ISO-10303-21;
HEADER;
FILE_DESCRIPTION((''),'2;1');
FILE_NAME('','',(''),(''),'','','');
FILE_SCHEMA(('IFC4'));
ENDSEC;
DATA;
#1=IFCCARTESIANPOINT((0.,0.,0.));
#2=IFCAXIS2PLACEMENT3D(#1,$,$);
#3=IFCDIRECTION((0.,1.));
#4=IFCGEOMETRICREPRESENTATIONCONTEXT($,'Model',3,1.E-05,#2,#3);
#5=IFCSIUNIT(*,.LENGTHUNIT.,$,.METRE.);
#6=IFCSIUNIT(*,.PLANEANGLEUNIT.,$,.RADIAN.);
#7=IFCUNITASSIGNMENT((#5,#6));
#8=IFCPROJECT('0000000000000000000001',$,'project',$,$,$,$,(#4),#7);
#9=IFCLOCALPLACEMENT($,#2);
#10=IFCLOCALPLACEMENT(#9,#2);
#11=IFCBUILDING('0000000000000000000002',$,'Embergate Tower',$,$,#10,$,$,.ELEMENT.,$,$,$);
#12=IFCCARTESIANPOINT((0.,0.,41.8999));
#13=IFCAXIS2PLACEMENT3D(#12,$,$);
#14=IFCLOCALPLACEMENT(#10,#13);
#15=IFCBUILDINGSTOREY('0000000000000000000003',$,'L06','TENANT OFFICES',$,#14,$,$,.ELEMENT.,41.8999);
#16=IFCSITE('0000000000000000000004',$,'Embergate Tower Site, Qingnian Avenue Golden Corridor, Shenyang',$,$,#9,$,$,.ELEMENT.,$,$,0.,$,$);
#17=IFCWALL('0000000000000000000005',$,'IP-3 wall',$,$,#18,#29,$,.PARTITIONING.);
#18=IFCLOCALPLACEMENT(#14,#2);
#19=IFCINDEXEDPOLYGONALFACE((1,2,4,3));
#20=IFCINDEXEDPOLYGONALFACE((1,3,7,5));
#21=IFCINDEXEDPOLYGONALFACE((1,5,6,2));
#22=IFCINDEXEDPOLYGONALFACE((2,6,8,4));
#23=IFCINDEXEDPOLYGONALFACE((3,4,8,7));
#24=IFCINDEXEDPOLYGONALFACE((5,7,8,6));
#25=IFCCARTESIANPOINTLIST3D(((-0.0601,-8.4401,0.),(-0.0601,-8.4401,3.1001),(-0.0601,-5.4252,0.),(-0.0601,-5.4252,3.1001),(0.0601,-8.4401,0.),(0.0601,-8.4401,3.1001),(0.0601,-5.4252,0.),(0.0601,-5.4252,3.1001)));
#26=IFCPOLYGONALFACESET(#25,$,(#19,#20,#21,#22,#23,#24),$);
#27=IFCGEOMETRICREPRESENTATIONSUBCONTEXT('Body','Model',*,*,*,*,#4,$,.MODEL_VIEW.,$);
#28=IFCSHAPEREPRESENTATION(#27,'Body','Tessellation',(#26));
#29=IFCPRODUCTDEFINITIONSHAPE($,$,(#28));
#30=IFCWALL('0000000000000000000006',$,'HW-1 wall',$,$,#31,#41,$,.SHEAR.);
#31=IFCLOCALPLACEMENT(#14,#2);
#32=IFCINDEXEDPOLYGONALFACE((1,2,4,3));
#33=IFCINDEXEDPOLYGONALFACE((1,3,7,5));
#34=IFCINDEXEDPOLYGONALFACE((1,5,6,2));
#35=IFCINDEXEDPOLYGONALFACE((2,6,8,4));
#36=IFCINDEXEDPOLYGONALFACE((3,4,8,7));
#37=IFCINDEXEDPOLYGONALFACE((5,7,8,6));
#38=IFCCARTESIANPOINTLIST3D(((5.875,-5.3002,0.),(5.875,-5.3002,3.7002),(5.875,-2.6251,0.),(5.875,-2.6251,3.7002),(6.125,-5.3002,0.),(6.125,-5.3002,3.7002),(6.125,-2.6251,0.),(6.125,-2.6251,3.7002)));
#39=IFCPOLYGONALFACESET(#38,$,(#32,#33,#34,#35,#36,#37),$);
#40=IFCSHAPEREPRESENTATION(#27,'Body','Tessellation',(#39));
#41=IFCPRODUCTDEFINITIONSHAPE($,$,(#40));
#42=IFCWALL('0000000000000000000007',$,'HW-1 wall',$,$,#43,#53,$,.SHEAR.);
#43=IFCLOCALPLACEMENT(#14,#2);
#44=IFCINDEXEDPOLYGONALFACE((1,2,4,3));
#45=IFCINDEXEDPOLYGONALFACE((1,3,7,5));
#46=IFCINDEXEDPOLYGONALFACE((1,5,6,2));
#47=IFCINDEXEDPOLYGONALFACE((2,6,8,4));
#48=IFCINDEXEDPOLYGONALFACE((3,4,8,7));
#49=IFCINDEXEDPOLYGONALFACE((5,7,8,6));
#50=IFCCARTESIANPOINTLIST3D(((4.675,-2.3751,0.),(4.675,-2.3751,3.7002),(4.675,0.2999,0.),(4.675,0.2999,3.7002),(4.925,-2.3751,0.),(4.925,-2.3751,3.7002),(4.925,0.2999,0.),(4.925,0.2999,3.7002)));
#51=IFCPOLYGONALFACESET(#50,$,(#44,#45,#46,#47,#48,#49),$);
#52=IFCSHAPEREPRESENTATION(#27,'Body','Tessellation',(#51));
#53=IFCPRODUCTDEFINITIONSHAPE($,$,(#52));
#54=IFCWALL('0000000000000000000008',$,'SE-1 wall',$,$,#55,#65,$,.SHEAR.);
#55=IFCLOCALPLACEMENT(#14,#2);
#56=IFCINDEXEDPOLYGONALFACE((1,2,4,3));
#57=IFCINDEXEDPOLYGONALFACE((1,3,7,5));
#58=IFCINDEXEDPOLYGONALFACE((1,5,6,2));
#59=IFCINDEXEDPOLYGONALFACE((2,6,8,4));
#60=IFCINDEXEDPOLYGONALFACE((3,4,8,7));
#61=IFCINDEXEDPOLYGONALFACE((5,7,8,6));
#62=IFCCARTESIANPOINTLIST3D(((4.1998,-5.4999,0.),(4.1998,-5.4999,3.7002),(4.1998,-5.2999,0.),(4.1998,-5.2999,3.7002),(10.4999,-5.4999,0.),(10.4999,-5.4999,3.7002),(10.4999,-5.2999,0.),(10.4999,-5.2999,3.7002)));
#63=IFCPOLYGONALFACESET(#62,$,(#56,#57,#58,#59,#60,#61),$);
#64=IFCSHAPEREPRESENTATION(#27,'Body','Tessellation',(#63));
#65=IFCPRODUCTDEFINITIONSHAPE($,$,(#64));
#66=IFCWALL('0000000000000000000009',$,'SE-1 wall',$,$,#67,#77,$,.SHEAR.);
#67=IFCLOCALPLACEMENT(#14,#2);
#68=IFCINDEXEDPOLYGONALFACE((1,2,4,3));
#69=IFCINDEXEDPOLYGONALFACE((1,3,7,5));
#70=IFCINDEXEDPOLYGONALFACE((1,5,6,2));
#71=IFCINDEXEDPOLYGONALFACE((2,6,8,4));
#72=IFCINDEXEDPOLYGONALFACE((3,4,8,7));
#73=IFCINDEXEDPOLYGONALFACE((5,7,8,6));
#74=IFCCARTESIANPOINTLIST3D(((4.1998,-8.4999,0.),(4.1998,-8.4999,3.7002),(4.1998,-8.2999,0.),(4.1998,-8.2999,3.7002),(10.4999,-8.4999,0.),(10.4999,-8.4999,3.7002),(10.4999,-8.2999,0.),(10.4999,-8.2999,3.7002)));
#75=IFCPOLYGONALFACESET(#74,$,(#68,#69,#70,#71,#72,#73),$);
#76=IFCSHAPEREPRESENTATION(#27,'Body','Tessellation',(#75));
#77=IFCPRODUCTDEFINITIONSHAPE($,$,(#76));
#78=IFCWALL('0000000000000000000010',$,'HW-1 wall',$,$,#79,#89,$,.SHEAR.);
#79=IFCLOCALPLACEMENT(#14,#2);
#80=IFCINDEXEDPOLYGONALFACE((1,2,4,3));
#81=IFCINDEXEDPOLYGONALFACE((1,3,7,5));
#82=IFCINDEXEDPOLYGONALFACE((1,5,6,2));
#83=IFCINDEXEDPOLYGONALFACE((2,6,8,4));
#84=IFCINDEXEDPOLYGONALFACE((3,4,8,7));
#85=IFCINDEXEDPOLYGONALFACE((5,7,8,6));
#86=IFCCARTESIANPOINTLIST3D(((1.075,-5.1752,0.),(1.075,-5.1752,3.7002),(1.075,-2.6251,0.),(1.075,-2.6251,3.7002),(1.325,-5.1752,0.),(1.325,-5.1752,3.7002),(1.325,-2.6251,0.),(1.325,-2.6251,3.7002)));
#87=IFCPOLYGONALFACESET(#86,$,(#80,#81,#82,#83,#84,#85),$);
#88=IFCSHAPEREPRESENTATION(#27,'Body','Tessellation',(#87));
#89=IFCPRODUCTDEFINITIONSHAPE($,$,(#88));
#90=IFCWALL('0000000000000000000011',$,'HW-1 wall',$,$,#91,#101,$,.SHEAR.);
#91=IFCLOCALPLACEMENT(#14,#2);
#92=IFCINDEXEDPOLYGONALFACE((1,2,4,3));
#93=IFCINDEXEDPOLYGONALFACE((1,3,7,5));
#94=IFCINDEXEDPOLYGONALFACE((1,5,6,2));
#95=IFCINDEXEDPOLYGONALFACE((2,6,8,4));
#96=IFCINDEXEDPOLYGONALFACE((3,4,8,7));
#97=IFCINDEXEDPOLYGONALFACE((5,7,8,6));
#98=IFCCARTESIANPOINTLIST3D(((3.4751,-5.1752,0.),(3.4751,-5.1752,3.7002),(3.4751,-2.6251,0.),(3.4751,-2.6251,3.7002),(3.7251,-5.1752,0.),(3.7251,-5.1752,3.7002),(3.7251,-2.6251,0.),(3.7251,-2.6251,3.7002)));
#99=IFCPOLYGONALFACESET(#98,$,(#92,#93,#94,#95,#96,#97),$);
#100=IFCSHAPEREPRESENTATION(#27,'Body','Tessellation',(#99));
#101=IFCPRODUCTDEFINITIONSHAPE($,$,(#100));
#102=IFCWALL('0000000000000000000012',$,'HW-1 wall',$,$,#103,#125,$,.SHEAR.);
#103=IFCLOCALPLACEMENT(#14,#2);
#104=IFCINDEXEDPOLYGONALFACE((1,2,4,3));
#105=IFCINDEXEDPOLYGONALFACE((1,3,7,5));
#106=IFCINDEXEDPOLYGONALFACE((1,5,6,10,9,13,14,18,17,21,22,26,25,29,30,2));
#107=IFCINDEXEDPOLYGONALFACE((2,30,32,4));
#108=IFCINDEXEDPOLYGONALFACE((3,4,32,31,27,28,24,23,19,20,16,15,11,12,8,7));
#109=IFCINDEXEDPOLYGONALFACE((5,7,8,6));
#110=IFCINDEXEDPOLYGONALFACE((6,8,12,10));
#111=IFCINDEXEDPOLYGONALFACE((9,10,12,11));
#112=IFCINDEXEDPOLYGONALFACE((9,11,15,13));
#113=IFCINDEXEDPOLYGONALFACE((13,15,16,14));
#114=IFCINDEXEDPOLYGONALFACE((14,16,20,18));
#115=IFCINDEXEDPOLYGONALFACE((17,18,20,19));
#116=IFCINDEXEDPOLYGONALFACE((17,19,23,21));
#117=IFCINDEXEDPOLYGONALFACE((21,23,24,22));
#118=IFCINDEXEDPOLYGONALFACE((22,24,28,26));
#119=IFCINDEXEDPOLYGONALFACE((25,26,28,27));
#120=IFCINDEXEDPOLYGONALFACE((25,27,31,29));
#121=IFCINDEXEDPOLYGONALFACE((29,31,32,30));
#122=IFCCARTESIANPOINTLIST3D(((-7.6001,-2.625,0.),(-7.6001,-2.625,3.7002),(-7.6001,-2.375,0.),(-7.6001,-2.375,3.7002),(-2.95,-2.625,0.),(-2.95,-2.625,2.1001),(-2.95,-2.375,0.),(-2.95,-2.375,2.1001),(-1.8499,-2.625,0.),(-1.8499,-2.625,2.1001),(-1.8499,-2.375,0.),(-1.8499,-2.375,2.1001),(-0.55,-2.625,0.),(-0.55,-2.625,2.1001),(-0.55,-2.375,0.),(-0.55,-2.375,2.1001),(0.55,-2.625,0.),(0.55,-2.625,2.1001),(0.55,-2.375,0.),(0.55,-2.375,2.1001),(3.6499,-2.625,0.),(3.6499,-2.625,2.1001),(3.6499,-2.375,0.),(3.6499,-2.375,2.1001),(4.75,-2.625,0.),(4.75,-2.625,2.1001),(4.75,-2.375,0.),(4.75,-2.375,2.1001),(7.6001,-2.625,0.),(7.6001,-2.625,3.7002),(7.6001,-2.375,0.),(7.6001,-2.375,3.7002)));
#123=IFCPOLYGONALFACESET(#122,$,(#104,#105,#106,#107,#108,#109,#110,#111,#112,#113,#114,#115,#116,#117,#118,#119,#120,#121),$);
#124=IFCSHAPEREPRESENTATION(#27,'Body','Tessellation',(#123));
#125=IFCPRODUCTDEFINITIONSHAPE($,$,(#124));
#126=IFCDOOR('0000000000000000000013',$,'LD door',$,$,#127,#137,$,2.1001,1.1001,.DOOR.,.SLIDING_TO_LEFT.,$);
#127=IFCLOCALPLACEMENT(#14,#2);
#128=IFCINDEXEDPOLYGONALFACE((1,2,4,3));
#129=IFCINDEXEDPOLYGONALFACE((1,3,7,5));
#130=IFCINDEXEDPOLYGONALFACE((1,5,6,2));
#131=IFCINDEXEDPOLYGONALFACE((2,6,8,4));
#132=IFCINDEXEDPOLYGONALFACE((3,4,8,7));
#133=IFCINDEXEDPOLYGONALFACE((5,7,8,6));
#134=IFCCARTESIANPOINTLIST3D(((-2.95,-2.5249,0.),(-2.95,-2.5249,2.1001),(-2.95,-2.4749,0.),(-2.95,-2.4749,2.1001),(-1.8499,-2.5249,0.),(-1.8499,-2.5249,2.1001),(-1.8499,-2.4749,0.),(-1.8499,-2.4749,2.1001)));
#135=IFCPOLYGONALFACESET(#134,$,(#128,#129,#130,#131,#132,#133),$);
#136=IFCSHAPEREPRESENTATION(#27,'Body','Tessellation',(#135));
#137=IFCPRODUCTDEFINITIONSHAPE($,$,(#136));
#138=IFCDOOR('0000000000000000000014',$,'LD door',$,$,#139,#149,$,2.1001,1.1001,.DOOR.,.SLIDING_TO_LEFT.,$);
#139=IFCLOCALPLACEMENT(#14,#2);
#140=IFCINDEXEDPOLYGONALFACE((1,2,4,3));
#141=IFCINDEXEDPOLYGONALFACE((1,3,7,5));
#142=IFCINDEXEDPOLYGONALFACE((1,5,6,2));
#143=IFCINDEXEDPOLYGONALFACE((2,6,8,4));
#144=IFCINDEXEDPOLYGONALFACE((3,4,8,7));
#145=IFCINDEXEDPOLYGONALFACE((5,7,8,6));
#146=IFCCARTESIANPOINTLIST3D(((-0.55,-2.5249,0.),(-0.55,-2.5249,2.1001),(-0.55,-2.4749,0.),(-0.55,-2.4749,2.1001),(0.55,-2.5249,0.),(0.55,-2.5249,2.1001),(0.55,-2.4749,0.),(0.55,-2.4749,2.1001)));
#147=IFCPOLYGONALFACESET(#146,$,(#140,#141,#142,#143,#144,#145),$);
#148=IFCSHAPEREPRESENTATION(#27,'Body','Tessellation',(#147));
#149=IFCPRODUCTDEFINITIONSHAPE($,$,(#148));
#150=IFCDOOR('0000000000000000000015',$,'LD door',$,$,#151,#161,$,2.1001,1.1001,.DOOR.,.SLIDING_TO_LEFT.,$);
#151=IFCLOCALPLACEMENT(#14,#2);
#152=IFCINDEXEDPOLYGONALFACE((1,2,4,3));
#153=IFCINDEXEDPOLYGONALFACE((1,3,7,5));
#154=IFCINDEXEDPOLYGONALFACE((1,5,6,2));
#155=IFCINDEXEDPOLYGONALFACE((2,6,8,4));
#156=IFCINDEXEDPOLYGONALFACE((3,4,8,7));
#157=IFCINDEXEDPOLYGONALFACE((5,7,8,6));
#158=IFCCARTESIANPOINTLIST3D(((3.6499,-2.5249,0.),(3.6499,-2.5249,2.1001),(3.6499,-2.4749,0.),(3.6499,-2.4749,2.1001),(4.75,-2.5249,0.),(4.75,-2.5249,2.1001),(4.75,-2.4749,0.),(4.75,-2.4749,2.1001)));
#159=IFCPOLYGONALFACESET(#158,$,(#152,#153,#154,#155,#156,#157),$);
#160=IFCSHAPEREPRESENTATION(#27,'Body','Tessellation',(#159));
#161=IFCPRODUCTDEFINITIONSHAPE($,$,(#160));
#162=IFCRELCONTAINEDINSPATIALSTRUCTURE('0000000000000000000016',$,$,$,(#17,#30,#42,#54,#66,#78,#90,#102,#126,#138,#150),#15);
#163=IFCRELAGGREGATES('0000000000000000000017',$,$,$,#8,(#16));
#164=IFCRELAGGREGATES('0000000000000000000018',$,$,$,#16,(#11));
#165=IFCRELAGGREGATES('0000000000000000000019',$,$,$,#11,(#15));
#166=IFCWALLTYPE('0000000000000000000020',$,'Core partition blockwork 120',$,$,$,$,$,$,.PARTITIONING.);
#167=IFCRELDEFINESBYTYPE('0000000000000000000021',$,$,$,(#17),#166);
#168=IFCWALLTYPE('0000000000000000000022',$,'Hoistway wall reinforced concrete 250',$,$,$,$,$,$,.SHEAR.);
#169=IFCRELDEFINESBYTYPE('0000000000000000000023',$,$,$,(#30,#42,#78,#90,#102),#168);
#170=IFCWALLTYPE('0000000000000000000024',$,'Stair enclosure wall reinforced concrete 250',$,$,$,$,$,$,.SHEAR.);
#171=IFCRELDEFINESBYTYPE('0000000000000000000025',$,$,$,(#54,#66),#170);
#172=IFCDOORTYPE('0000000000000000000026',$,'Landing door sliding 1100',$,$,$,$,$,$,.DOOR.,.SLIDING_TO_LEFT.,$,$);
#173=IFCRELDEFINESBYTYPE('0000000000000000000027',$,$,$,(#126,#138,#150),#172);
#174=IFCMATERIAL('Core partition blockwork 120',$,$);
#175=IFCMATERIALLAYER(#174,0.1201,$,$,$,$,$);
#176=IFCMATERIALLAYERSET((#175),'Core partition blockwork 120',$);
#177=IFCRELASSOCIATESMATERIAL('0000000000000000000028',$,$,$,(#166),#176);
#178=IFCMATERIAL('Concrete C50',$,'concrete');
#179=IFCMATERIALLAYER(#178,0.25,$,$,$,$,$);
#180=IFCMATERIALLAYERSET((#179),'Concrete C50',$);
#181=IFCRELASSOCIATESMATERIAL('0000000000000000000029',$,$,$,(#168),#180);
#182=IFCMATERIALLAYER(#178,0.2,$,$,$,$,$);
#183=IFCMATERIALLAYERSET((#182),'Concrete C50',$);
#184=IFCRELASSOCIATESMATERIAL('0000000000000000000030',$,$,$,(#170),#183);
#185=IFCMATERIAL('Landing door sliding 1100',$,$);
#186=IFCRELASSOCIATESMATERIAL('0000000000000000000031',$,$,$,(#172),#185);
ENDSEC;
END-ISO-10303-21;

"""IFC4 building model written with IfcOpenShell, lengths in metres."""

from ifc_helpers import new_model, si_unit, direction, frame, frame_2d, origin, place, context, subcontext, project, spatial, rectangle, extrude, source, transform, mapped, material, layer, layer_set, type_object, element, fill, save


model = new_model("IFC4")

# Units and contexts
model_context = context("Model", 3, precision=1e-05, world=origin(), true_north=direction((0.0, 1.0)))
body_context = subcontext(model_context, "Body", "Model", "MODEL_VIEW")
ifc_project = project(units=[si_unit("LENGTHUNIT", "METRE"), si_unit("PLANEANGLEUNIT", "RADIAN")], contexts=[model_context])

# Site, building, storey
site_placement = place(None, origin())
site = spatial("IfcSite", under=ifc_project, at=site_placement, Name="Embergate Tower Site, Qingnian Avenue Golden Corridor, Shenyang", CompositionType="ELEMENT", RefElevation=0.0)
building_placement = place(site_placement, origin())
building = spatial("IfcBuilding", under=site, at=building_placement, Name="Embergate Tower", CompositionType="ELEMENT")
storey_placement = place(building_placement, frame((0.0, 0.0, 41.8999)))
storey = spatial("IfcBuildingStorey", under=building, at=storey_placement, Name="L06", Description="TENANT OFFICES", CompositionType="ELEMENT", Elevation=41.8999)

# Walls
ifc_material_1 = material(Name="Core partition blockwork 120")
ifc_layer_1 = layer(ifc_material_1, 0.1201)
ifc_layer_set_1 = layer_set([ifc_layer_1], Name="Core partition blockwork 120")
wall_type_1 = type_object("IfcWallType", Name="Core partition blockwork 120", PredefinedType="PARTITIONING", material=ifc_layer_set_1)
shared_shape_1 = source(origin(), body_context, "Body", "SweptSolid", [
    extrude(rectangle(XDim=3.0149, YDim=0.1201, at=frame_2d((1.5073, 0.0))), origin(), (0.0, 0.0, 1.0), 3.1001),
])
wall_1_placement = place(storey_placement, frame((0.0, -8.4399, 0.0), z_axis=(0.0, 0.0, 1.0), x_axis=(0.0, 1.0, 0.0)))
element("IfcWall", 1, at=wall_1_placement, inside=storey, type_object=wall_type_1, Name="IP-3 wall", PredefinedType="PARTITIONING", context=body_context, shape_type="MappedRepresentation", body=[
    mapped(shared_shape_1, transform((0.0, 0.0, 0.0))),
])
ifc_material_2 = material(Name="Concrete C50", Category="concrete")
ifc_layer_2 = layer(ifc_material_2, 0.25)
ifc_layer_set_2 = layer_set([ifc_layer_2], Name="Concrete C50")
wall_type_2 = type_object("IfcWallType", Name="Hoistway wall reinforced concrete 250", PredefinedType="SHEAR", material=ifc_layer_set_2)
shared_shape_2 = source(origin(), body_context, "Body", "SweptSolid", [
    extrude(rectangle(XDim=2.675, YDim=0.25, at=frame_2d((1.3374, 0.0))), origin(), (0.0, 0.0, 1.0), 3.7002),
])
for number, where, z_axis, x_axis, name in (
    (2, (6.0, -5.3, 0.0), (0.0, 0.0, 1.0), (0.0, 1.0, 0.0), "HW-1 wall"),
    (3, (4.8, -2.375, 0.0), (0.0, 0.0, 1.0), (0.0, 1.0, 0.0), "HW-1 wall"),
):
    element("IfcWall", number, at=place(storey_placement, frame(where, z_axis=z_axis, x_axis=x_axis)), inside=storey, type_object=wall_type_2, Name=name, PredefinedType="SHEAR", context=body_context, shape_type="MappedRepresentation", body=[
        mapped(shared_shape_2, transform((0.0, 0.0, 0.0))),
    ])
ifc_layer_3 = layer(ifc_material_2, 0.2)
ifc_layer_set_3 = layer_set([ifc_layer_3], Name="Concrete C50")
wall_type_3 = type_object("IfcWallType", Name="Stair enclosure wall reinforced concrete 250", PredefinedType="SHEAR", material=ifc_layer_set_3)
shared_shape_3 = source(origin(), body_context, "Body", "SweptSolid", [
    extrude(rectangle(XDim=6.3, YDim=0.2, at=frame_2d((3.1499, 0.0))), origin(), (0.0, 0.0, 1.0), 3.7002),
])
for number, where, z_axis, x_axis, name in (
    (4, (4.2, -5.3999, 0.0), (0.0, 0.0, 1.0), (1.0, 0.0, 0.0), "SE-1 wall"),
    (5, (4.2, -8.3999, 0.0), (0.0, 0.0, 1.0), (1.0, 0.0, 0.0), "SE-1 wall"),
):
    element("IfcWall", number, at=place(storey_placement, frame(where, z_axis=z_axis, x_axis=x_axis)), inside=storey, type_object=wall_type_3, Name=name, PredefinedType="SHEAR", context=body_context, shape_type="MappedRepresentation", body=[
        mapped(shared_shape_3, transform((0.0, 0.0, 0.0))),
    ])
shared_shape_4 = source(origin(), body_context, "Body", "SweptSolid", [
    extrude(rectangle(XDim=2.55, YDim=0.25, at=frame_2d((1.2749, 0.0))), origin(), (0.0, 0.0, 1.0), 3.7002),
])
for number, where, z_axis, x_axis, name in (
    (6, (1.2, -5.175, 0.0), (0.0, 0.0, 1.0), (0.0, 1.0, 0.0), "HW-1 wall"),
    (7, (3.6001, -5.175, 0.0), (0.0, 0.0, 1.0), (0.0, 1.0, 0.0), "HW-1 wall"),
):
    element("IfcWall", number, at=place(storey_placement, frame(where, z_axis=z_axis, x_axis=x_axis)), inside=storey, type_object=wall_type_2, Name=name, PredefinedType="SHEAR", context=body_context, shape_type="MappedRepresentation", body=[
        mapped(shared_shape_4, transform((0.0, 0.0, 0.0))),
    ])

# Wall, openings, doors
shared_shape_5 = source(origin(), body_context, "Body", "SweptSolid", [
    extrude(rectangle(XDim=15.2002, YDim=0.25, at=frame_2d((7.6001, 0.0))), origin(), (0.0, 0.0, 1.0), 3.7002),
])
wall_2_placement = place(storey_placement, frame((7.6001, -2.5, 0.0), z_axis=(0.0, 0.0, 1.0), x_axis=(-1.0, 0.0, 0.0)))
wall_2 = element("IfcWall", 8, at=wall_2_placement, inside=storey, type_object=wall_type_2, Name="HW-1 wall", PredefinedType="SHEAR", context=body_context, shape_type="MappedRepresentation", body=[
    mapped(shared_shape_5, transform((0.0, 0.0, 0.0))),
])
shared_shape_6 = source(origin(), body_context, "Body", "SweptSolid", [
    extrude(rectangle(XDim=1.1001, YDim=2.1001, at=frame_2d((0.55, 1.05))), frame((0.0, 0.135, 0.0), z_axis=(0.0, -1.0, 0.0), x_axis=(1.0, 0.0, 0.0)), (0.0, 0.0, 1.0), 0.27),
])
opening_1_placement = place(wall_2_placement, frame((9.45, 0.0, 0.0)))
opening_1 = element("IfcOpeningElement", 9, at=opening_1_placement, cuts=wall_2, PredefinedType="OPENING", context=body_context, shape_type="MappedRepresentation", body=[
    mapped(shared_shape_6, transform((0.0, 0.0, 0.0))),
])
opening_2_placement = place(wall_2_placement, frame((7.05, 0.0, 0.0)))
opening_2 = element("IfcOpeningElement", 10, at=opening_2_placement, cuts=wall_2, PredefinedType="OPENING", context=body_context, shape_type="MappedRepresentation", body=[
    mapped(shared_shape_6, transform((0.0, 0.0, 0.0))),
])
opening_3_placement = place(wall_2_placement, frame((2.8501, 0.0, 0.0)))
opening_3 = element("IfcOpeningElement", 11, at=opening_3_placement, cuts=wall_2, PredefinedType="OPENING", context=body_context, shape_type="MappedRepresentation", body=[
    mapped(shared_shape_6, transform((0.0, 0.0, 0.0))),
])
ifc_material_3 = material(Name="Landing door sliding 1100")
door_type_1 = type_object("IfcDoorType", Name="Landing door sliding 1100", OperationType="SLIDING_TO_LEFT", PredefinedType="DOOR", material=ifc_material_3)
shared_shape_7 = source(origin(), body_context, "Body", "SweptSolid", [
    extrude(rectangle(XDim=1.1001, YDim=2.1001, at=frame_2d((0.55, 1.05))), frame((0.0, 0.0249, 0.0), z_axis=(0.0, -1.0, 0.0), x_axis=(1.0, 0.0, 0.0)), (0.0, 0.0, 1.0), 0.05),
])
door_1_placement = place(opening_1_placement, origin())
door_1 = element("IfcDoor", 12, at=door_1_placement, inside=storey, type_object=door_type_1, Name="LD door", OperationType="SLIDING_TO_LEFT", OverallHeight=2.1001, OverallWidth=1.1001, PredefinedType="DOOR", context=body_context, shape_type="MappedRepresentation", body=[
    mapped(shared_shape_7, transform((0.0, 0.0, 0.0))),
])
fill(opening_1, door_1)
door_2_placement = place(opening_2_placement, origin())
door_2 = element("IfcDoor", 13, at=door_2_placement, inside=storey, type_object=door_type_1, Name="LD door", OperationType="SLIDING_TO_LEFT", OverallHeight=2.1001, OverallWidth=1.1001, PredefinedType="DOOR", context=body_context, shape_type="MappedRepresentation", body=[
    mapped(shared_shape_7, transform((0.0, 0.0, 0.0))),
])
fill(opening_2, door_2)
door_3_placement = place(opening_3_placement, origin())
door_3 = element("IfcDoor", 14, at=door_3_placement, inside=storey, type_object=door_type_1, Name="LD door", OperationType="SLIDING_TO_LEFT", OverallHeight=2.1001, OverallWidth=1.1001, PredefinedType="DOOR", context=body_context, shape_type="MappedRepresentation", body=[
    mapped(shared_shape_7, transform((0.0, 0.0, 0.0))),
])
fill(opening_3, door_3)

save(model, "model.ifc")
